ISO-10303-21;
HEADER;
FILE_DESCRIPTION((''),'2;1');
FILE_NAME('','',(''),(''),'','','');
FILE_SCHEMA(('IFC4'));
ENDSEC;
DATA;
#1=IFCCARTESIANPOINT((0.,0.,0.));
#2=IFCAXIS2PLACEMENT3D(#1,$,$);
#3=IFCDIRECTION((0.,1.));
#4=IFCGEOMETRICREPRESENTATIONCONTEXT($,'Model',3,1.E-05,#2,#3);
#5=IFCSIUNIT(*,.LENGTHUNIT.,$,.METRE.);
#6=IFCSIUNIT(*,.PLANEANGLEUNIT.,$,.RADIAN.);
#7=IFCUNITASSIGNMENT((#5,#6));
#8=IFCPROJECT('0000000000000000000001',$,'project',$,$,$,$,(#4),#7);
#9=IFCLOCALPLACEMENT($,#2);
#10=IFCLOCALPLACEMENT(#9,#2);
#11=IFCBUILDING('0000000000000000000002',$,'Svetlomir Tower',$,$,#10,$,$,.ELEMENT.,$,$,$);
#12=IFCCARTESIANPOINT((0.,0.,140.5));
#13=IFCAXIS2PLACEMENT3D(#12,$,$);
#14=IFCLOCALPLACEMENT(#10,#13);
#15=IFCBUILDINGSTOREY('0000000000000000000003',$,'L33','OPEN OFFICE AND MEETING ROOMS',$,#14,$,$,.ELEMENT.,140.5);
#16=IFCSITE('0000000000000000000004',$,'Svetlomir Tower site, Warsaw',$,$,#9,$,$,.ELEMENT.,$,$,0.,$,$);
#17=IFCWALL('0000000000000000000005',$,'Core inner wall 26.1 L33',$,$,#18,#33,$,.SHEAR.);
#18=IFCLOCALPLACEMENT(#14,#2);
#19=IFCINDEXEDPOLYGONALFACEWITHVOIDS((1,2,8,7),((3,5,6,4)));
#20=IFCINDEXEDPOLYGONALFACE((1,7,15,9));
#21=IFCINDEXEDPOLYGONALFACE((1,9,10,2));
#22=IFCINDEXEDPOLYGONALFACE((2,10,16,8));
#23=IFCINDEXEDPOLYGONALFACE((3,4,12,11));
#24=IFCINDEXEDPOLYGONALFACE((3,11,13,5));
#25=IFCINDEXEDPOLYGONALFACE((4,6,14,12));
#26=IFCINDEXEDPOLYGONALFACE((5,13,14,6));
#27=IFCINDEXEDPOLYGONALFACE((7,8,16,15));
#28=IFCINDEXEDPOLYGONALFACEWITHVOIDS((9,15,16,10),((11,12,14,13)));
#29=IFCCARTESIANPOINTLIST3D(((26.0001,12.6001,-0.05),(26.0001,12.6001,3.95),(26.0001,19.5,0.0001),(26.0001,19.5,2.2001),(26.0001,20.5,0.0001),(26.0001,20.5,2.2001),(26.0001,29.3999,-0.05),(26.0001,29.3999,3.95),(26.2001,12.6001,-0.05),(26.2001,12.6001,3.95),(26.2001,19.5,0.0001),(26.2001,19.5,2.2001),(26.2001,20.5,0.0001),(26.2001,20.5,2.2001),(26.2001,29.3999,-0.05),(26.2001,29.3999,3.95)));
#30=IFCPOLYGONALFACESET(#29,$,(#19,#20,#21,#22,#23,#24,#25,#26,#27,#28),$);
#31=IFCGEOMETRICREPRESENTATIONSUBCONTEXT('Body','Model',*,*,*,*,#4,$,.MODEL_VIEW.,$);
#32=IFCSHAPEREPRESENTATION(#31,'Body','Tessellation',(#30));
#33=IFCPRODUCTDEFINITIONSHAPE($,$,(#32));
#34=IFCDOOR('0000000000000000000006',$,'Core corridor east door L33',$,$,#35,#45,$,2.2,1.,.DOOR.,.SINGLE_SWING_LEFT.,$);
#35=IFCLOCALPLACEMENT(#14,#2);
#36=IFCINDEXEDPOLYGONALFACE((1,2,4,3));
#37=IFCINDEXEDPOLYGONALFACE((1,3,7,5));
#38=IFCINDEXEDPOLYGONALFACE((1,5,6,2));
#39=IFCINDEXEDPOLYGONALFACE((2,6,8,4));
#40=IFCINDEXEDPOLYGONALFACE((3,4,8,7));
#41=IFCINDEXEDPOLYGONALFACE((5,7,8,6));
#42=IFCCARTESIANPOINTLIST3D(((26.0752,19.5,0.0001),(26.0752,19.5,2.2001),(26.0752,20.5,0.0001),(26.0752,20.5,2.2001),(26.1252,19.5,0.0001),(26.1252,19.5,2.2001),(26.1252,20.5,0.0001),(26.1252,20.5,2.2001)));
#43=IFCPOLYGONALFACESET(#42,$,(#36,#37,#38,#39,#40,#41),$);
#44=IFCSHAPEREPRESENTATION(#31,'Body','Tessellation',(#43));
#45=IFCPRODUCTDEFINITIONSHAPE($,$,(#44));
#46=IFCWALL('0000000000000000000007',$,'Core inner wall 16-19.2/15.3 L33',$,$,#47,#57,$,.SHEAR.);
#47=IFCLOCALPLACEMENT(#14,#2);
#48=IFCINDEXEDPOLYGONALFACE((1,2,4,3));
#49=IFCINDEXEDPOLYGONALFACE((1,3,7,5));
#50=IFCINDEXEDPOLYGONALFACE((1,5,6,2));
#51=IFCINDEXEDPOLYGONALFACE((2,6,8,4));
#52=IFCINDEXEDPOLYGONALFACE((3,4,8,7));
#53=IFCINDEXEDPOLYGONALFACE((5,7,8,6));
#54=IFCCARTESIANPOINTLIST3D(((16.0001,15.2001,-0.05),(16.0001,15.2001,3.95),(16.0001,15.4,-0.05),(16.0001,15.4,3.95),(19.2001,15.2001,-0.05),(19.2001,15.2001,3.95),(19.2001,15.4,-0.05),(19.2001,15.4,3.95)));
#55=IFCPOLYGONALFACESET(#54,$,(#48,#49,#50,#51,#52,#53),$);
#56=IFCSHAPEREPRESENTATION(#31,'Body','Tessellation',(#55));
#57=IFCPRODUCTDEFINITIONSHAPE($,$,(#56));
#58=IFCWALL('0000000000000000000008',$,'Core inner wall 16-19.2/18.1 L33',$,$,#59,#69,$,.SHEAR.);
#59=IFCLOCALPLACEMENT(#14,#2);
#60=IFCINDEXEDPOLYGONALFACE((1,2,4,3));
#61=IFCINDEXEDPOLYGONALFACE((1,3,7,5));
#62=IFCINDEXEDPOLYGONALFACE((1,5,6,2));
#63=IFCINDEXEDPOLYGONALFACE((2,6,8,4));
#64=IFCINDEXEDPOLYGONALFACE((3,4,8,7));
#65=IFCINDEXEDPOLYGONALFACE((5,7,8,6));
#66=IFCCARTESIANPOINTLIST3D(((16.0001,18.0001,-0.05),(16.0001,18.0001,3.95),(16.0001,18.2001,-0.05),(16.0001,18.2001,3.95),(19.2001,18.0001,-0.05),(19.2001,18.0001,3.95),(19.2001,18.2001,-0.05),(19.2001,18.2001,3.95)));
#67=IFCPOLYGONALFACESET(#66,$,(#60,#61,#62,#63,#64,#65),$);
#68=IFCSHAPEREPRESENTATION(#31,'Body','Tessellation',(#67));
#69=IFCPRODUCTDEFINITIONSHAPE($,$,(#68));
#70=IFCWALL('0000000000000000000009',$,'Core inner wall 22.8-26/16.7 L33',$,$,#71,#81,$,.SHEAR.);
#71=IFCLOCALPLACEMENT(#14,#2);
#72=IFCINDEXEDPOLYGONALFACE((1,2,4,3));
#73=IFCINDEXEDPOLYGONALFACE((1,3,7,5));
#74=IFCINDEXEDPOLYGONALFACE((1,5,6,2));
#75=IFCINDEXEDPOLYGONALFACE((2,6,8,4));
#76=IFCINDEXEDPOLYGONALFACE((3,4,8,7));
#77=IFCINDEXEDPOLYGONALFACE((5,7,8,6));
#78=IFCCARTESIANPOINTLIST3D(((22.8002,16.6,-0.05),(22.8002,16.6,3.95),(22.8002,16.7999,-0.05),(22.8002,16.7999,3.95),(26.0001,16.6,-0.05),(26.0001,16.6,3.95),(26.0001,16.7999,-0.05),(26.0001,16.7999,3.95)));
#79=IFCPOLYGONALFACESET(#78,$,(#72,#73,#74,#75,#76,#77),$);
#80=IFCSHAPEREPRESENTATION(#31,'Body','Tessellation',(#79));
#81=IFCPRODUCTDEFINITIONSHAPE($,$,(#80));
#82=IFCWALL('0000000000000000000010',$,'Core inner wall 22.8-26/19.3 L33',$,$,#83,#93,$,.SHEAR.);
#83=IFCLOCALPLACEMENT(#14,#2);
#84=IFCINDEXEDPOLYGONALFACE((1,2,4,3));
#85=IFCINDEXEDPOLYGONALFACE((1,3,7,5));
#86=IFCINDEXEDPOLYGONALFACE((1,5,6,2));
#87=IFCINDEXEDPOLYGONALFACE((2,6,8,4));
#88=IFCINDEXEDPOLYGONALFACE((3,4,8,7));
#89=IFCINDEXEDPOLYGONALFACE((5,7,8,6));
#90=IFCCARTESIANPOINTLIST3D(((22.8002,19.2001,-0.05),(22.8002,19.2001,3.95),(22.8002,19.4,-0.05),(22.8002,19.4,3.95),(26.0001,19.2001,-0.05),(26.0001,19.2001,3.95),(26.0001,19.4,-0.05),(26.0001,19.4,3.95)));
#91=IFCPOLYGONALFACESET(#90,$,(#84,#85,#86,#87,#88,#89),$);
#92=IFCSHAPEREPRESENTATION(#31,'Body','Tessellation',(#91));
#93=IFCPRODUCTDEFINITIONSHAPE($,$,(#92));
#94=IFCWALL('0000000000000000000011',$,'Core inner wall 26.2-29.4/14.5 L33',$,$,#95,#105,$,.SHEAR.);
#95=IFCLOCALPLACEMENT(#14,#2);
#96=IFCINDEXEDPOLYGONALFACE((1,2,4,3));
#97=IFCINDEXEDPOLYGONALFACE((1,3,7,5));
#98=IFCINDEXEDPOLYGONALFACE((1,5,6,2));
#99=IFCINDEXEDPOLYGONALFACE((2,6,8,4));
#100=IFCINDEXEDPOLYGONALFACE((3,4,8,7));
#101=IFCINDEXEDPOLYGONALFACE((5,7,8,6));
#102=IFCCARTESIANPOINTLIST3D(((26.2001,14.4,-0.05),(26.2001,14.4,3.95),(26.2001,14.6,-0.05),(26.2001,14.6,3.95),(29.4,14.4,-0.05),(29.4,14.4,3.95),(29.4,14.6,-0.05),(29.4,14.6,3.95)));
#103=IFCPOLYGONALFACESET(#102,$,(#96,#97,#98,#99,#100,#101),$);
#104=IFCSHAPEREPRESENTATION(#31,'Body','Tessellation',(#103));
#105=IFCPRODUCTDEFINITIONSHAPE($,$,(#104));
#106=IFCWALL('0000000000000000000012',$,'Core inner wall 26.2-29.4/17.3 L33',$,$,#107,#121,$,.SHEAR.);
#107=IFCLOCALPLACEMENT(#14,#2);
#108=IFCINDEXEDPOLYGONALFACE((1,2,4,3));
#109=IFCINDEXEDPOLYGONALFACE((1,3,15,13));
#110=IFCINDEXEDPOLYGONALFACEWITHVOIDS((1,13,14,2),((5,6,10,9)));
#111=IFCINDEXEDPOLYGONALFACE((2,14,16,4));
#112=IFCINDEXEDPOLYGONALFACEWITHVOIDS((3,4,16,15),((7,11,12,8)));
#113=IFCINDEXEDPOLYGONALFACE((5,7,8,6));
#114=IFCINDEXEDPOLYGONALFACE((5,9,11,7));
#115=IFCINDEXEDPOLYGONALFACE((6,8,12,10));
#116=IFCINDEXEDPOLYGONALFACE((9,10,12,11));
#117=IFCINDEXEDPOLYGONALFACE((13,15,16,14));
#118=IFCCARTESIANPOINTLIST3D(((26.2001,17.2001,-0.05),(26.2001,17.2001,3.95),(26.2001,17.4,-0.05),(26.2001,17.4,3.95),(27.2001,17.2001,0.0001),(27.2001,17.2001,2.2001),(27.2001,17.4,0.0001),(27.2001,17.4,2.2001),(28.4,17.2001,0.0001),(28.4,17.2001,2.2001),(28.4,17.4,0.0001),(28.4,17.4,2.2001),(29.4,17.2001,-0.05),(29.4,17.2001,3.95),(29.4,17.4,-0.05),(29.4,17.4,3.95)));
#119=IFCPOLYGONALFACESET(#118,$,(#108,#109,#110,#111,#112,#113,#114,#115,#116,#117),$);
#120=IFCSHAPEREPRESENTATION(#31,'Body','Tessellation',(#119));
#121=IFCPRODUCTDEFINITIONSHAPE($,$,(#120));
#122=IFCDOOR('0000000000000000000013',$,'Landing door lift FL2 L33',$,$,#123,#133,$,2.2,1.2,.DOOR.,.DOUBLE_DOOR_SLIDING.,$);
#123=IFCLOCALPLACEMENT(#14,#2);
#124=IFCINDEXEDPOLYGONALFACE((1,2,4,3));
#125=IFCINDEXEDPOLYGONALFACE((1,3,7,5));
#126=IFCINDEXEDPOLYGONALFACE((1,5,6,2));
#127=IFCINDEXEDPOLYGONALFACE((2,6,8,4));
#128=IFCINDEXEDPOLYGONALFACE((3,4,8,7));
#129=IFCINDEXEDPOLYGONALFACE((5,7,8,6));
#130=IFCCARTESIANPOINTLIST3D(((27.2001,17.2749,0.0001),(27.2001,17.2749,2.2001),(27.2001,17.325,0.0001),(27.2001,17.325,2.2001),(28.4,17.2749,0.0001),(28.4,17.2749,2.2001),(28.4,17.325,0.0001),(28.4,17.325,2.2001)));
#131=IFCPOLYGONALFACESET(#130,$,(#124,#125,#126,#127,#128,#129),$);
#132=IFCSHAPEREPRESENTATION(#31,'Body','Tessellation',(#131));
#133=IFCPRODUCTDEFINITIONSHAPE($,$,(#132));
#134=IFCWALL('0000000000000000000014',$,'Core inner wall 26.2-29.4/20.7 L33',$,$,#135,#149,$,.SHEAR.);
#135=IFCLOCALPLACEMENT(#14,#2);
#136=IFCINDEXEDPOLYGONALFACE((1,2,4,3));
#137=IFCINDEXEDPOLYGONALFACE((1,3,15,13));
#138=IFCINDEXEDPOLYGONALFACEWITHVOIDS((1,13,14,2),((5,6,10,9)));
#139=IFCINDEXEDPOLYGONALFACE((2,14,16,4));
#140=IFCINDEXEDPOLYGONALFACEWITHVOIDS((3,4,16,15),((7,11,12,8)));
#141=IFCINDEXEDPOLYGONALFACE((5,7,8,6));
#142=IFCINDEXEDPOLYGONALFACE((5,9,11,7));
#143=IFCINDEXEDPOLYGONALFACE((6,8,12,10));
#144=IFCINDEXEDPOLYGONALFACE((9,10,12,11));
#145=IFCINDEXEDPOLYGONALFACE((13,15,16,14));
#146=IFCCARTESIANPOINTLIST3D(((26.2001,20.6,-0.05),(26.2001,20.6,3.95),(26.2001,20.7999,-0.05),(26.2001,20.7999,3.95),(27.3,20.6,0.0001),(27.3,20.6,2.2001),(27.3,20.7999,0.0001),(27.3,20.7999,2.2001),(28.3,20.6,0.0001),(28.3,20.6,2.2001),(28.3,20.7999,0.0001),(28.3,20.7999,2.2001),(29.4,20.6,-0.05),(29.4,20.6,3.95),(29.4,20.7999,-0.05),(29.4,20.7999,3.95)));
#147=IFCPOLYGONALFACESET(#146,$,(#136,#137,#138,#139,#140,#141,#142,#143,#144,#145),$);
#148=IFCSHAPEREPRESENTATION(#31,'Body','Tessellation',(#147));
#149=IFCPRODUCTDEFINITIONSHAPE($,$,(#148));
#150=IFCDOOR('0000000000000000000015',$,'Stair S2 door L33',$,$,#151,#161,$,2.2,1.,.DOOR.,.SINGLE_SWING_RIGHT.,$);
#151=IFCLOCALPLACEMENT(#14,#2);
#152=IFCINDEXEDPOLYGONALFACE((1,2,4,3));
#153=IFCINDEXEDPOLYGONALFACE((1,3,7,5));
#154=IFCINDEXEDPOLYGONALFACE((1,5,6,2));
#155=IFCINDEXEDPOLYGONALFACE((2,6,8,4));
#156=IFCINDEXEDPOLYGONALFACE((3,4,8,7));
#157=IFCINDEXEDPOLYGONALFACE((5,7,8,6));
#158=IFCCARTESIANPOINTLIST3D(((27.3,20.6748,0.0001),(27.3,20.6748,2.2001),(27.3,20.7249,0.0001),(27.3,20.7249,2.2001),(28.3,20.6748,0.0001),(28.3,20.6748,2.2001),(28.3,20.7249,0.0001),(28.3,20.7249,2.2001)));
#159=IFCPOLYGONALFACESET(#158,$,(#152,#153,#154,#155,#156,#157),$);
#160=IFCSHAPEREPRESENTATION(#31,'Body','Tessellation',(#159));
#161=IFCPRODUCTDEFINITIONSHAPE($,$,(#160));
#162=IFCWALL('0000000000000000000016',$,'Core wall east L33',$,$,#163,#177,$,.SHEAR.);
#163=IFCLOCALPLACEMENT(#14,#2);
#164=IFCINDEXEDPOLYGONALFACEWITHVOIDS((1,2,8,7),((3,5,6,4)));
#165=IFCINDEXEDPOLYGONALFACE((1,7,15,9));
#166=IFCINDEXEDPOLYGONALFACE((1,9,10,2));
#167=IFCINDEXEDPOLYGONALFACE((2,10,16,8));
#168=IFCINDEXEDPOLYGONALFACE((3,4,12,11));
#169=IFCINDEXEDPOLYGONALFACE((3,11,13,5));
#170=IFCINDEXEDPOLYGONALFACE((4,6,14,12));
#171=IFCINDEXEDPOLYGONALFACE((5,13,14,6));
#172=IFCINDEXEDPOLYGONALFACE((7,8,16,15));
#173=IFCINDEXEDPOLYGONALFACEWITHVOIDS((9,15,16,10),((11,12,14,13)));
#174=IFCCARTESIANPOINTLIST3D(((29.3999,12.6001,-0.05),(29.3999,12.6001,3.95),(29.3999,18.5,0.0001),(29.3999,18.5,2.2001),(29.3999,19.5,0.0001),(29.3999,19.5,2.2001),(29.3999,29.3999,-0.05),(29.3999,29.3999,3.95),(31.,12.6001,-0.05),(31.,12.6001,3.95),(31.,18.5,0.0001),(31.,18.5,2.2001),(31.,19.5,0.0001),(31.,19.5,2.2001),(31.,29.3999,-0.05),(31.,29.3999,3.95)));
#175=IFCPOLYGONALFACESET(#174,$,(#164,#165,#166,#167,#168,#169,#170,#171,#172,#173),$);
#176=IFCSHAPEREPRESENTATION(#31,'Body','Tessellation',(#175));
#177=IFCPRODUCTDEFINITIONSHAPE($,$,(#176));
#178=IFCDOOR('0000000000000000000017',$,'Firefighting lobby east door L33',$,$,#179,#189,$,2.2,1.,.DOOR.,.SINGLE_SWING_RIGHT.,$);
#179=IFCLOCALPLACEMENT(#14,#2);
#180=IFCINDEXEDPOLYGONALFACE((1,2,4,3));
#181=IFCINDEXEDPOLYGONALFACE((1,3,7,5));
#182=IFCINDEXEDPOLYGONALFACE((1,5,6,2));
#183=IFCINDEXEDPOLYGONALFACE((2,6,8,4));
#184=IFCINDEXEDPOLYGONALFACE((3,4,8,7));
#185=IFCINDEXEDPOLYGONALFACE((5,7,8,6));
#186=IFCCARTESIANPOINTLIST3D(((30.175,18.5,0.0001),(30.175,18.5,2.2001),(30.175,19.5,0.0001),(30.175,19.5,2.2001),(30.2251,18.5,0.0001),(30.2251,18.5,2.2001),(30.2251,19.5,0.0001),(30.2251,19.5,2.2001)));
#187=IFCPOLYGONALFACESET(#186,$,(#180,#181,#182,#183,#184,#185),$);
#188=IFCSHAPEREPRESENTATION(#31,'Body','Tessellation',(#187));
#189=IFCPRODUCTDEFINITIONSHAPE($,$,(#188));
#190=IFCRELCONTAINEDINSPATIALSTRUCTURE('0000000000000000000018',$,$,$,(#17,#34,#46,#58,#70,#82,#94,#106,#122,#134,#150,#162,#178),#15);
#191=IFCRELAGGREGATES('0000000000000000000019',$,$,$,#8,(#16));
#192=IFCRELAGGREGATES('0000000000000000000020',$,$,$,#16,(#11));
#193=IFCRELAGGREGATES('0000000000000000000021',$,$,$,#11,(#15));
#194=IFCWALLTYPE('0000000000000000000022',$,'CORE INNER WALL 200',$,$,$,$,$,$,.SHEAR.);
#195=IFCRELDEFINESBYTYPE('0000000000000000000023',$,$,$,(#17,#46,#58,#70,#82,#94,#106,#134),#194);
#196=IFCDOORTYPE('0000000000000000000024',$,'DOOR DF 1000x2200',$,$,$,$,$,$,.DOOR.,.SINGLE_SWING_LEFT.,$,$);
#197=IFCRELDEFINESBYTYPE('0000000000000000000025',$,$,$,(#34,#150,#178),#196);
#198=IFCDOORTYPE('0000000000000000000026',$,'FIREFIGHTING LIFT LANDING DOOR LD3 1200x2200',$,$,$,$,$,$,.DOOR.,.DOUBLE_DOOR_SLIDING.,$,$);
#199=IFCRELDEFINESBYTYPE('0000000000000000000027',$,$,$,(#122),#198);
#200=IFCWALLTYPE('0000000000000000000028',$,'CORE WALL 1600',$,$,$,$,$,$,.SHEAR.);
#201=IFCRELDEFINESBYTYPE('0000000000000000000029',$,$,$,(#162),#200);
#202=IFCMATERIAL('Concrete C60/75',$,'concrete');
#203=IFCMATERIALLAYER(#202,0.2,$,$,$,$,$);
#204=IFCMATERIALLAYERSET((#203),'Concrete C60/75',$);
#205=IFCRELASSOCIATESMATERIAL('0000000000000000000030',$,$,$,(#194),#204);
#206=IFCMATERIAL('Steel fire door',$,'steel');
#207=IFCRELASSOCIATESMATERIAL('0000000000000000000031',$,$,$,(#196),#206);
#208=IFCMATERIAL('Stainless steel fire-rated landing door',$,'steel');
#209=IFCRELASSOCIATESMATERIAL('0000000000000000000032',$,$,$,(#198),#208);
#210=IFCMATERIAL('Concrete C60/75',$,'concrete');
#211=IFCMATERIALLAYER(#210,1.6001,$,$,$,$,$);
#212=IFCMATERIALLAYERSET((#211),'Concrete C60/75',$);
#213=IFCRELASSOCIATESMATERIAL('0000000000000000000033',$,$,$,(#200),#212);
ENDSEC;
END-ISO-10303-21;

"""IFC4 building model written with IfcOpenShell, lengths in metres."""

from ifc_helpers import new_model, si_unit, direction, frame, frame_2d, origin, place, context, subcontext, project, spatial, rectangle, extrude, material, layer, layer_set, type_object, element, fill, save


model = new_model("IFC4")

# Units and contexts
model_context = context("Model", 3, precision=1e-05, world=origin(), true_north=direction((0.0, 1.0)))
body_context = subcontext(model_context, "Body", "Model", "MODEL_VIEW")
ifc_project = project(units=[si_unit("LENGTHUNIT", "METRE"), si_unit("PLANEANGLEUNIT", "RADIAN")], contexts=[model_context])

# Site, building, storey
site_placement = place(None, origin())
site = spatial("IfcSite", under=ifc_project, at=site_placement, Name="Svetlomir Tower site, Warsaw", CompositionType="ELEMENT", RefElevation=0.0)
building_placement = place(site_placement, origin())
building = spatial("IfcBuilding", under=site, at=building_placement, Name="Svetlomir Tower", CompositionType="ELEMENT")
storey_placement = place(building_placement, frame((0.0, 0.0, 140.5)))
storey = spatial("IfcBuildingStorey", under=building, at=storey_placement, Name="L33", Description="OPEN OFFICE AND MEETING ROOMS", CompositionType="ELEMENT", Elevation=140.5)

# Wall, opening, door
ifc_material_1 = material(Name="Concrete C60/75", Category="concrete")
ifc_layer_1 = layer(ifc_material_1, 0.2)
ifc_layer_set_1 = layer_set([ifc_layer_1], Name="Concrete C60/75")
wall_type_1 = type_object("IfcWallType", Name="CORE INNER WALL 200", PredefinedType="SHEAR", material=ifc_layer_set_1)
wall_1_placement = place(storey_placement, frame((26.1001, 12.6001, -0.05), z_axis=(0.0, 0.0, 1.0), x_axis=(0.0, 1.0, 0.0)))
wall_1 = element("IfcWall", 1, at=wall_1_placement, inside=storey, type_object=wall_type_1, Name="Core inner wall 26.1 L33", PredefinedType="SHEAR", context=body_context, shape_type="SweptSolid", body=[
    extrude(rectangle(XDim=16.7998, YDim=0.2, at=frame_2d((8.3999, 0.0))), origin(), (0.0, 0.0, 1.0), 4.0),
])
opening_1_placement = place(wall_1_placement, frame((6.8999, 0.0, 0.05)))
opening_1 = element("IfcOpeningElement", 2, at=opening_1_placement, cuts=wall_1, PredefinedType="OPENING", context=body_context, shape_type="SweptSolid", body=[
    extrude(rectangle(XDim=1.0, YDim=2.2, at=frame_2d((0.5, 1.1001))), frame((0.0, 0.1099, 0.0), z_axis=(0.0, -1.0, 0.0), x_axis=(1.0, 0.0, 0.0)), (0.0, 0.0, 1.0), 0.22),
])
ifc_material_2 = material(Name="Steel fire door", Category="steel")
door_type_1 = type_object("IfcDoorType", Name="DOOR DF 1000x2200", OperationType="SINGLE_SWING_LEFT", PredefinedType="DOOR", material=ifc_material_2)
door_1_placement = place(opening_1_placement, origin())
door_1 = element("IfcDoor", 3, at=door_1_placement, inside=storey, type_object=door_type_1, Name="Core corridor east door L33", OperationType="SINGLE_SWING_LEFT", OverallHeight=2.2, OverallWidth=1.0, PredefinedType="DOOR", context=body_context, shape_type="SweptSolid", body=[
    extrude(rectangle(XDim=1.0, YDim=2.2, at=frame_2d((0.5, 1.1001))), frame((0.0, 0.0249, 0.0), z_axis=(0.0, -1.0, 0.0), x_axis=(1.0, 0.0, 0.0)), (0.0, 0.0, 1.0), 0.05),
])
fill(opening_1, door_1)

# Walls
for number, where, z_axis, x_axis, name in (
    (4, (16.0, 15.3, -0.05), (0.0, 0.0, 1.0), (1.0, 0.0, 0.0), "Core inner wall 16-19.2/15.3 L33"),
    (5, (16.0, 18.1001, -0.05), (0.0, 0.0, 1.0), (1.0, 0.0, 0.0), "Core inner wall 16-19.2/18.1 L33"),
    (6, (22.8, 16.7, -0.05), (0.0, 0.0, 1.0), (1.0, 0.0, 0.0), "Core inner wall 22.8-26/16.7 L33"),
    (7, (22.8, 19.3, -0.05), (0.0, 0.0, 1.0), (1.0, 0.0, 0.0), "Core inner wall 22.8-26/19.3 L33"),
    (8, (26.2, 14.5, -0.05), (0.0, 0.0, 1.0), (1.0, 0.0, 0.0), "Core inner wall 26.2-29.4/14.5 L33"),
):
    element("IfcWall", number, at=place(storey_placement, frame(where, z_axis=z_axis, x_axis=x_axis)), inside=storey, type_object=wall_type_1, Name=name, PredefinedType="SHEAR", context=body_context, shape_type="SweptSolid", body=[
        extrude(rectangle(XDim=3.2, YDim=0.2, at=frame_2d((1.6001, 0.0))), origin(), (0.0, 0.0, 1.0), 4.0),
    ])

# Walls, openings, doors
wall_2_placement = place(storey_placement, frame((26.2, 17.3, -0.05), z_axis=(0.0, 0.0, 1.0), x_axis=(1.0, 0.0, 0.0)))
wall_2 = element("IfcWall", 9, at=wall_2_placement, inside=storey, type_object=wall_type_1, Name="Core inner wall 26.2-29.4/17.3 L33", PredefinedType="SHEAR", context=body_context, shape_type="SweptSolid", body=[
    extrude(rectangle(XDim=3.2, YDim=0.2, at=frame_2d((1.6001, 0.0))), origin(), (0.0, 0.0, 1.0), 4.0),
])
opening_2_placement = place(wall_2_placement, frame((1.0, 0.0, 0.05)))
opening_2 = element("IfcOpeningElement", 10, at=opening_2_placement, cuts=wall_2, PredefinedType="OPENING", context=body_context, shape_type="SweptSolid", body=[
    extrude(rectangle(XDim=1.2, YDim=2.2, at=frame_2d((0.6001, 1.1001))), frame((0.0, 0.1099, 0.0), z_axis=(0.0, -1.0, 0.0), x_axis=(1.0, 0.0, 0.0)), (0.0, 0.0, 1.0), 0.22),
])
ifc_material_3 = material(Name="Stainless steel fire-rated landing door", Category="steel")
door_type_2 = type_object("IfcDoorType", Name="FIREFIGHTING LIFT LANDING DOOR LD3 1200x2200", OperationType="DOUBLE_DOOR_SLIDING", PredefinedType="DOOR", material=ifc_material_3)
door_2_placement = place(opening_2_placement, origin())
door_2 = element("IfcDoor", 11, at=door_2_placement, inside=storey, type_object=door_type_2, Name="Landing door lift FL2 L33", OperationType="DOUBLE_DOOR_SLIDING", OverallHeight=2.2, OverallWidth=1.2, PredefinedType="DOOR", context=body_context, shape_type="SweptSolid", body=[
    extrude(rectangle(XDim=1.2, YDim=2.2, at=frame_2d((0.6001, 1.1001))), frame((0.0, 0.0249, 0.0), z_axis=(0.0, -1.0, 0.0), x_axis=(1.0, 0.0, 0.0)), (0.0, 0.0, 1.0), 0.05),
])
fill(opening_2, door_2)
wall_3_placement = place(storey_placement, frame((26.2, 20.7, -0.05), z_axis=(0.0, 0.0, 1.0), x_axis=(1.0, 0.0, 0.0)))
wall_3 = element("IfcWall", 12, at=wall_3_placement, inside=storey, type_object=wall_type_1, Name="Core inner wall 26.2-29.4/20.7 L33", PredefinedType="SHEAR", context=body_context, shape_type="SweptSolid", body=[
    extrude(rectangle(XDim=3.2, YDim=0.2, at=frame_2d((1.6001, 0.0))), origin(), (0.0, 0.0, 1.0), 4.0),
])
opening_3_placement = place(wall_3_placement, frame((1.1001, 0.0, 0.05)))
opening_3 = element("IfcOpeningElement", 13, at=opening_3_placement, cuts=wall_3, PredefinedType="OPENING", context=body_context, shape_type="SweptSolid", body=[
    extrude(rectangle(XDim=1.0, YDim=2.2, at=frame_2d((0.5, 1.1001))), frame((0.0, 0.1099, 0.0), z_axis=(0.0, -1.0, 0.0), x_axis=(1.0, 0.0, 0.0)), (0.0, 0.0, 1.0), 0.22),
])
door_3_placement = place(opening_3_placement, origin())
door_3 = element("IfcDoor", 14, at=door_3_placement, inside=storey, type_object=door_type_1, Name="Stair S2 door L33", OperationType="SINGLE_SWING_RIGHT", OverallHeight=2.2, OverallWidth=1.0, PredefinedType="DOOR", context=body_context, shape_type="SweptSolid", body=[
    extrude(rectangle(XDim=1.0, YDim=2.2, at=frame_2d((0.5, 1.1001))), frame((0.0, 0.0249, 0.0), z_axis=(0.0, -1.0, 0.0), x_axis=(1.0, 0.0, 0.0)), (0.0, 0.0, 1.0), 0.05),
])
fill(opening_3, door_3)
ifc_material_4 = material(Name="Concrete C60/75", Category="concrete")
ifc_layer_2 = layer(ifc_material_4, 1.6001)
ifc_layer_set_2 = layer_set([ifc_layer_2], Name="Concrete C60/75")
wall_type_2 = type_object("IfcWallType", Name="CORE WALL 1600", PredefinedType="SHEAR", material=ifc_layer_set_2)
wall_4_placement = place(storey_placement, frame((30.2, 12.6001, -0.05), z_axis=(0.0, 0.0, 1.0), x_axis=(0.0, 1.0, 0.0)))
wall_4 = element("IfcWall", 15, at=wall_4_placement, inside=storey, type_object=wall_type_2, Name="Core wall east L33", PredefinedType="SHEAR", context=body_context, shape_type="SweptSolid", body=[
    extrude(rectangle(XDim=16.7998, YDim=1.6001, at=frame_2d((8.3999, 0.0))), origin(), (0.0, 0.0, 1.0), 4.0),
])
opening_4_placement = place(wall_4_placement, frame((5.8999, 0.0, 0.05)))
opening_4 = element("IfcOpeningElement", 16, at=opening_4_placement, cuts=wall_4, PredefinedType="OPENING", context=body_context, shape_type="SweptSolid", body=[
    extrude(rectangle(XDim=1.0, YDim=2.2, at=frame_2d((0.5, 1.1001))), frame((0.0, 0.8101, 0.0), z_axis=(0.0, -1.0, 0.0), x_axis=(1.0, 0.0, 0.0)), (0.0, 0.0, 1.0), 1.6201),
])
door_4_placement = place(opening_4_placement, origin())
door_4 = element("IfcDoor", 17, at=door_4_placement, inside=storey, type_object=door_type_1, Name="Firefighting lobby east door L33", OperationType="SINGLE_SWING_RIGHT", OverallHeight=2.2, OverallWidth=1.0, PredefinedType="DOOR", context=body_context, shape_type="SweptSolid", body=[
    extrude(rectangle(XDim=1.0, YDim=2.2, at=frame_2d((0.5, 1.1001))), frame((0.0, 0.0249, 0.0), z_axis=(0.0, -1.0, 0.0), x_axis=(1.0, 0.0, 0.0)), (0.0, 0.0, 1.0), 0.05),
])
fill(opening_4, door_4)

save(model, "model.ifc")
